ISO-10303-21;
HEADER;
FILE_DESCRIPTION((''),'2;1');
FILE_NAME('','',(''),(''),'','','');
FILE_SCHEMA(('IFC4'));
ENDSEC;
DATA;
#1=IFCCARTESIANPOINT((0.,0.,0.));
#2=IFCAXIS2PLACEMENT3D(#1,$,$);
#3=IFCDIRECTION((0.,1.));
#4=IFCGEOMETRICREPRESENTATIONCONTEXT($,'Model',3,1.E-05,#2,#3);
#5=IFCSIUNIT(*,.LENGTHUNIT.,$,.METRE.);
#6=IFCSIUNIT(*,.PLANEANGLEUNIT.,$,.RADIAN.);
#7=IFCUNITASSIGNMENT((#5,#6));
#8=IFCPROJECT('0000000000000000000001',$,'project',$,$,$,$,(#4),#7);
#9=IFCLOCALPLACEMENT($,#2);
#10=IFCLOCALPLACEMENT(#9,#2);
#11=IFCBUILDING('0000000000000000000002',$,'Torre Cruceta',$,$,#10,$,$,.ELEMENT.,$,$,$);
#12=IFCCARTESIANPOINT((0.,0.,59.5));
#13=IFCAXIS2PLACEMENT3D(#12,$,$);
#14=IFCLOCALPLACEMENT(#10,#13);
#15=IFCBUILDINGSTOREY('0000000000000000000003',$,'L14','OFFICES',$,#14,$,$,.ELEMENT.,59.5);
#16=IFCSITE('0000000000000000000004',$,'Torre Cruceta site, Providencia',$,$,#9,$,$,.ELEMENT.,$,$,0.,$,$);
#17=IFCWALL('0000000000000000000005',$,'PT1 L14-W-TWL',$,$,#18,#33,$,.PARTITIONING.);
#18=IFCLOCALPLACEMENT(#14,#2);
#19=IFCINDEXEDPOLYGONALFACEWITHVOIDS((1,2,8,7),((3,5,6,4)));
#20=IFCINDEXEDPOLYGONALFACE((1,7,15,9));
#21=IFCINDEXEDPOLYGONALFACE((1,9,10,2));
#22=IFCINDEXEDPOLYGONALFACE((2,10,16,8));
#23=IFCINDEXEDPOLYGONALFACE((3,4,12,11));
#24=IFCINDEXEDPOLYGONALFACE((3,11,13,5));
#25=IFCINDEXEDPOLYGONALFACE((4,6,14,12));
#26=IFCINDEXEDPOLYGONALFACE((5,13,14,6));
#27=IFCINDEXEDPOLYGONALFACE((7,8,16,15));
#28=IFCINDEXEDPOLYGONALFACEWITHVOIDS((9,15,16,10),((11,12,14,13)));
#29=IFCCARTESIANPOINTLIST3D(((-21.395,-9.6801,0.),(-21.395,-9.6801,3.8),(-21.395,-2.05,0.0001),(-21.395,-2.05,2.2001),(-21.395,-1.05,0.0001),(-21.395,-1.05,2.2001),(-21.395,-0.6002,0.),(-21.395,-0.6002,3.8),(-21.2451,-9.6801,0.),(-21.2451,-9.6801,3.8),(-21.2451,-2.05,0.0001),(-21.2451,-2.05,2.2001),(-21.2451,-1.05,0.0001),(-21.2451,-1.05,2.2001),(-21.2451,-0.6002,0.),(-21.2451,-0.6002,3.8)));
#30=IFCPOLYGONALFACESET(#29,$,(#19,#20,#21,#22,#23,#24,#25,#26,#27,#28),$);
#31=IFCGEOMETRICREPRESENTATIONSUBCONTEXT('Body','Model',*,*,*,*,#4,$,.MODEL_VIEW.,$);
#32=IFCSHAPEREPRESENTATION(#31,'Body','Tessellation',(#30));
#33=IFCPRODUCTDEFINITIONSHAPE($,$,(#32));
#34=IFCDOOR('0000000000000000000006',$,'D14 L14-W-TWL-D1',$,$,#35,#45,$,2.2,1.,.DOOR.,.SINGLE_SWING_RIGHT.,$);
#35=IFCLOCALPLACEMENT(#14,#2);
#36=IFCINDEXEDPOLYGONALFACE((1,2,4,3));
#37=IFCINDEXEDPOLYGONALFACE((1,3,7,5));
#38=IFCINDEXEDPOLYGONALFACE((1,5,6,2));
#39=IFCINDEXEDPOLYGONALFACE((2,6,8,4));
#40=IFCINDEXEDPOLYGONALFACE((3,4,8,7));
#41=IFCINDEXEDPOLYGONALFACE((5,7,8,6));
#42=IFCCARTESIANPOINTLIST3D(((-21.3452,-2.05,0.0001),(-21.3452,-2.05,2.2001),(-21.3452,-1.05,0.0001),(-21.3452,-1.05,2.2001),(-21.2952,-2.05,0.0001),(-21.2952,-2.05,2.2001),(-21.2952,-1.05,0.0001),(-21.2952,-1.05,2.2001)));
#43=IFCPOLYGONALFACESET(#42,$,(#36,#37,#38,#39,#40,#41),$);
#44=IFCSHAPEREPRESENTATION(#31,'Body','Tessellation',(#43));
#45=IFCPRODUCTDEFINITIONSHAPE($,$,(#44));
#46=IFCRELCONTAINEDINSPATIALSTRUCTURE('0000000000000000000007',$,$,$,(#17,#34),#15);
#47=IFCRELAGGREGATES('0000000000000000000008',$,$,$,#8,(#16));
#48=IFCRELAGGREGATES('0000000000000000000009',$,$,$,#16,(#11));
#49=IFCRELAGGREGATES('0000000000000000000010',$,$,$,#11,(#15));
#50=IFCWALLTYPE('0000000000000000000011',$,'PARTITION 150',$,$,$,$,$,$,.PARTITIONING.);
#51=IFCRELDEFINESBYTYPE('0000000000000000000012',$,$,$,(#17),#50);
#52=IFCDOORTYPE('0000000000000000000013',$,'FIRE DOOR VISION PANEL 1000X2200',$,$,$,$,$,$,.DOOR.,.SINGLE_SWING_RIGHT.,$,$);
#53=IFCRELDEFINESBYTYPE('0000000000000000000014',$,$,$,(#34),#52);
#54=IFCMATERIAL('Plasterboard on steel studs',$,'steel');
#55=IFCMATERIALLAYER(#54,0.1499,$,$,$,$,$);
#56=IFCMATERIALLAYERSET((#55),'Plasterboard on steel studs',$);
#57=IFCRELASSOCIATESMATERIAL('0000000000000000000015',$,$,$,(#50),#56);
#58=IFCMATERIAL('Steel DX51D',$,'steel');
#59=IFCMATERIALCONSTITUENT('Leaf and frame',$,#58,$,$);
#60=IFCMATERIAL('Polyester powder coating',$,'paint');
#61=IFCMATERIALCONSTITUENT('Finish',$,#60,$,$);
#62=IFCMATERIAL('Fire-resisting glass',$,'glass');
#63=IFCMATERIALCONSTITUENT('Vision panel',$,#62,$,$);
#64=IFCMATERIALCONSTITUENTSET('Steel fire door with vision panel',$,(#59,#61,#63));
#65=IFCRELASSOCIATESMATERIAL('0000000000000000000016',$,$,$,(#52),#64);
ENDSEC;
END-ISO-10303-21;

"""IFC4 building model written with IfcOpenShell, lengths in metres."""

from ifc_helpers import new_model, si_unit, direction, frame, frame_2d, origin, place, context, subcontext, project, spatial, rectangle, extrude, material, layer, layer_set, constituent, constituent_set, type_object, element, fill, save


model = new_model("IFC4")

# Units and contexts
model_context = context("Model", 3, precision=1e-05, world=origin(), true_north=direction((0.0, 1.0)))
body_context = subcontext(model_context, "Body", "Model", "MODEL_VIEW")
ifc_project = project(units=[si_unit("LENGTHUNIT", "METRE"), si_unit("PLANEANGLEUNIT", "RADIAN")], contexts=[model_context])

# Site, building, storey
site_placement = place(None, origin())
site = spatial("IfcSite", under=ifc_project, at=site_placement, Name="Torre Cruceta site, Providencia", CompositionType="ELEMENT", RefElevation=0.0)
building_placement = place(site_placement, origin())
building = spatial("IfcBuilding", under=site, at=building_placement, Name="Torre Cruceta", CompositionType="ELEMENT")
storey_placement = place(building_placement, frame((0.0, 0.0, 59.5)))
storey = spatial("IfcBuildingStorey", under=building, at=storey_placement, Name="L14", Description="OFFICES", CompositionType="ELEMENT", Elevation=59.5)

# Wall, opening, door
ifc_material_1 = material(Name="Plasterboard on steel studs", Category="steel")
ifc_layer_1 = layer(ifc_material_1, 0.1499)
ifc_layer_set_1 = layer_set([ifc_layer_1], Name="Plasterboard on steel studs")
wall_type_1 = type_object("IfcWallType", Name="PARTITION 150", PredefinedType="PARTITIONING", material=ifc_layer_set_1)
wall_1_placement = place(storey_placement, frame((-21.3201, -0.6001, 0.0), z_axis=(0.0, 0.0, 1.0), x_axis=(0.0, -1.0, 0.0)))
wall_1 = element("IfcWall", 1, at=wall_1_placement, inside=storey, type_object=wall_type_1, Name="PT1 L14-W-TWL", PredefinedType="PARTITIONING", context=body_context, shape_type="SweptSolid", body=[
    extrude(rectangle(XDim=9.0798, YDim=0.1499, at=frame_2d((4.54, 0.0))), origin(), (0.0, 0.0, 1.0), 3.8),
])
opening_1_placement = place(wall_1_placement, frame((0.45, 0.0, 0.0)))
opening_1 = element("IfcOpeningElement", 2, at=opening_1_placement, cuts=wall_1, PredefinedType="OPENING", context=body_context, shape_type="SweptSolid", body=[
    extrude(rectangle(XDim=1.0, YDim=2.2, at=frame_2d((0.5, 1.1001))), frame((0.0, 0.085, 0.0), z_axis=(0.0, -1.0, 0.0), x_axis=(1.0, 0.0, 0.0)), (0.0, 0.0, 1.0), 0.1699),
])
ifc_material_2 = material(Name="Steel DX51D", Category="steel")
ifc_constituent_1 = constituent(ifc_material_2, Name="Leaf and frame")
ifc_material_3 = material(Name="Polyester powder coating", Category="paint")
ifc_constituent_2 = constituent(ifc_material_3, Name="Finish")
ifc_material_4 = material(Name="Fire-resisting glass", Category="glass")
ifc_constituent_3 = constituent(ifc_material_4, Name="Vision panel")
ifc_constituent_set_1 = constituent_set(constituents=[ifc_constituent_1, ifc_constituent_2, ifc_constituent_3], Name="Steel fire door with vision panel")
door_type = type_object("IfcDoorType", Name="FIRE DOOR VISION PANEL 1000X2200", OperationType="SINGLE_SWING_RIGHT", PredefinedType="DOOR", material=ifc_constituent_set_1)
door_placement = place(opening_1_placement, frame((1.0, 0.0, 0.0), z_axis=(0.0, 0.0, 1.0), x_axis=(-1.0, 0.0, 0.0)))
door = element("IfcDoor", 3, at=door_placement, inside=storey, type_object=door_type, Name="D14 L14-W-TWL-D1", OperationType="SINGLE_SWING_RIGHT", OverallHeight=2.2, OverallWidth=1.0, PredefinedType="DOOR", context=body_context, shape_type="SweptSolid", body=[
    extrude(rectangle(XDim=1.0, YDim=2.2, at=frame_2d((0.5, 1.1001))), frame((0.0, 0.0251, 0.0), z_axis=(0.0, -1.0, 0.0), x_axis=(1.0, 0.0, 0.0)), (0.0, 0.0, 1.0), 0.05),
])
fill(opening_1, door)

save(model, "model.ifc")
